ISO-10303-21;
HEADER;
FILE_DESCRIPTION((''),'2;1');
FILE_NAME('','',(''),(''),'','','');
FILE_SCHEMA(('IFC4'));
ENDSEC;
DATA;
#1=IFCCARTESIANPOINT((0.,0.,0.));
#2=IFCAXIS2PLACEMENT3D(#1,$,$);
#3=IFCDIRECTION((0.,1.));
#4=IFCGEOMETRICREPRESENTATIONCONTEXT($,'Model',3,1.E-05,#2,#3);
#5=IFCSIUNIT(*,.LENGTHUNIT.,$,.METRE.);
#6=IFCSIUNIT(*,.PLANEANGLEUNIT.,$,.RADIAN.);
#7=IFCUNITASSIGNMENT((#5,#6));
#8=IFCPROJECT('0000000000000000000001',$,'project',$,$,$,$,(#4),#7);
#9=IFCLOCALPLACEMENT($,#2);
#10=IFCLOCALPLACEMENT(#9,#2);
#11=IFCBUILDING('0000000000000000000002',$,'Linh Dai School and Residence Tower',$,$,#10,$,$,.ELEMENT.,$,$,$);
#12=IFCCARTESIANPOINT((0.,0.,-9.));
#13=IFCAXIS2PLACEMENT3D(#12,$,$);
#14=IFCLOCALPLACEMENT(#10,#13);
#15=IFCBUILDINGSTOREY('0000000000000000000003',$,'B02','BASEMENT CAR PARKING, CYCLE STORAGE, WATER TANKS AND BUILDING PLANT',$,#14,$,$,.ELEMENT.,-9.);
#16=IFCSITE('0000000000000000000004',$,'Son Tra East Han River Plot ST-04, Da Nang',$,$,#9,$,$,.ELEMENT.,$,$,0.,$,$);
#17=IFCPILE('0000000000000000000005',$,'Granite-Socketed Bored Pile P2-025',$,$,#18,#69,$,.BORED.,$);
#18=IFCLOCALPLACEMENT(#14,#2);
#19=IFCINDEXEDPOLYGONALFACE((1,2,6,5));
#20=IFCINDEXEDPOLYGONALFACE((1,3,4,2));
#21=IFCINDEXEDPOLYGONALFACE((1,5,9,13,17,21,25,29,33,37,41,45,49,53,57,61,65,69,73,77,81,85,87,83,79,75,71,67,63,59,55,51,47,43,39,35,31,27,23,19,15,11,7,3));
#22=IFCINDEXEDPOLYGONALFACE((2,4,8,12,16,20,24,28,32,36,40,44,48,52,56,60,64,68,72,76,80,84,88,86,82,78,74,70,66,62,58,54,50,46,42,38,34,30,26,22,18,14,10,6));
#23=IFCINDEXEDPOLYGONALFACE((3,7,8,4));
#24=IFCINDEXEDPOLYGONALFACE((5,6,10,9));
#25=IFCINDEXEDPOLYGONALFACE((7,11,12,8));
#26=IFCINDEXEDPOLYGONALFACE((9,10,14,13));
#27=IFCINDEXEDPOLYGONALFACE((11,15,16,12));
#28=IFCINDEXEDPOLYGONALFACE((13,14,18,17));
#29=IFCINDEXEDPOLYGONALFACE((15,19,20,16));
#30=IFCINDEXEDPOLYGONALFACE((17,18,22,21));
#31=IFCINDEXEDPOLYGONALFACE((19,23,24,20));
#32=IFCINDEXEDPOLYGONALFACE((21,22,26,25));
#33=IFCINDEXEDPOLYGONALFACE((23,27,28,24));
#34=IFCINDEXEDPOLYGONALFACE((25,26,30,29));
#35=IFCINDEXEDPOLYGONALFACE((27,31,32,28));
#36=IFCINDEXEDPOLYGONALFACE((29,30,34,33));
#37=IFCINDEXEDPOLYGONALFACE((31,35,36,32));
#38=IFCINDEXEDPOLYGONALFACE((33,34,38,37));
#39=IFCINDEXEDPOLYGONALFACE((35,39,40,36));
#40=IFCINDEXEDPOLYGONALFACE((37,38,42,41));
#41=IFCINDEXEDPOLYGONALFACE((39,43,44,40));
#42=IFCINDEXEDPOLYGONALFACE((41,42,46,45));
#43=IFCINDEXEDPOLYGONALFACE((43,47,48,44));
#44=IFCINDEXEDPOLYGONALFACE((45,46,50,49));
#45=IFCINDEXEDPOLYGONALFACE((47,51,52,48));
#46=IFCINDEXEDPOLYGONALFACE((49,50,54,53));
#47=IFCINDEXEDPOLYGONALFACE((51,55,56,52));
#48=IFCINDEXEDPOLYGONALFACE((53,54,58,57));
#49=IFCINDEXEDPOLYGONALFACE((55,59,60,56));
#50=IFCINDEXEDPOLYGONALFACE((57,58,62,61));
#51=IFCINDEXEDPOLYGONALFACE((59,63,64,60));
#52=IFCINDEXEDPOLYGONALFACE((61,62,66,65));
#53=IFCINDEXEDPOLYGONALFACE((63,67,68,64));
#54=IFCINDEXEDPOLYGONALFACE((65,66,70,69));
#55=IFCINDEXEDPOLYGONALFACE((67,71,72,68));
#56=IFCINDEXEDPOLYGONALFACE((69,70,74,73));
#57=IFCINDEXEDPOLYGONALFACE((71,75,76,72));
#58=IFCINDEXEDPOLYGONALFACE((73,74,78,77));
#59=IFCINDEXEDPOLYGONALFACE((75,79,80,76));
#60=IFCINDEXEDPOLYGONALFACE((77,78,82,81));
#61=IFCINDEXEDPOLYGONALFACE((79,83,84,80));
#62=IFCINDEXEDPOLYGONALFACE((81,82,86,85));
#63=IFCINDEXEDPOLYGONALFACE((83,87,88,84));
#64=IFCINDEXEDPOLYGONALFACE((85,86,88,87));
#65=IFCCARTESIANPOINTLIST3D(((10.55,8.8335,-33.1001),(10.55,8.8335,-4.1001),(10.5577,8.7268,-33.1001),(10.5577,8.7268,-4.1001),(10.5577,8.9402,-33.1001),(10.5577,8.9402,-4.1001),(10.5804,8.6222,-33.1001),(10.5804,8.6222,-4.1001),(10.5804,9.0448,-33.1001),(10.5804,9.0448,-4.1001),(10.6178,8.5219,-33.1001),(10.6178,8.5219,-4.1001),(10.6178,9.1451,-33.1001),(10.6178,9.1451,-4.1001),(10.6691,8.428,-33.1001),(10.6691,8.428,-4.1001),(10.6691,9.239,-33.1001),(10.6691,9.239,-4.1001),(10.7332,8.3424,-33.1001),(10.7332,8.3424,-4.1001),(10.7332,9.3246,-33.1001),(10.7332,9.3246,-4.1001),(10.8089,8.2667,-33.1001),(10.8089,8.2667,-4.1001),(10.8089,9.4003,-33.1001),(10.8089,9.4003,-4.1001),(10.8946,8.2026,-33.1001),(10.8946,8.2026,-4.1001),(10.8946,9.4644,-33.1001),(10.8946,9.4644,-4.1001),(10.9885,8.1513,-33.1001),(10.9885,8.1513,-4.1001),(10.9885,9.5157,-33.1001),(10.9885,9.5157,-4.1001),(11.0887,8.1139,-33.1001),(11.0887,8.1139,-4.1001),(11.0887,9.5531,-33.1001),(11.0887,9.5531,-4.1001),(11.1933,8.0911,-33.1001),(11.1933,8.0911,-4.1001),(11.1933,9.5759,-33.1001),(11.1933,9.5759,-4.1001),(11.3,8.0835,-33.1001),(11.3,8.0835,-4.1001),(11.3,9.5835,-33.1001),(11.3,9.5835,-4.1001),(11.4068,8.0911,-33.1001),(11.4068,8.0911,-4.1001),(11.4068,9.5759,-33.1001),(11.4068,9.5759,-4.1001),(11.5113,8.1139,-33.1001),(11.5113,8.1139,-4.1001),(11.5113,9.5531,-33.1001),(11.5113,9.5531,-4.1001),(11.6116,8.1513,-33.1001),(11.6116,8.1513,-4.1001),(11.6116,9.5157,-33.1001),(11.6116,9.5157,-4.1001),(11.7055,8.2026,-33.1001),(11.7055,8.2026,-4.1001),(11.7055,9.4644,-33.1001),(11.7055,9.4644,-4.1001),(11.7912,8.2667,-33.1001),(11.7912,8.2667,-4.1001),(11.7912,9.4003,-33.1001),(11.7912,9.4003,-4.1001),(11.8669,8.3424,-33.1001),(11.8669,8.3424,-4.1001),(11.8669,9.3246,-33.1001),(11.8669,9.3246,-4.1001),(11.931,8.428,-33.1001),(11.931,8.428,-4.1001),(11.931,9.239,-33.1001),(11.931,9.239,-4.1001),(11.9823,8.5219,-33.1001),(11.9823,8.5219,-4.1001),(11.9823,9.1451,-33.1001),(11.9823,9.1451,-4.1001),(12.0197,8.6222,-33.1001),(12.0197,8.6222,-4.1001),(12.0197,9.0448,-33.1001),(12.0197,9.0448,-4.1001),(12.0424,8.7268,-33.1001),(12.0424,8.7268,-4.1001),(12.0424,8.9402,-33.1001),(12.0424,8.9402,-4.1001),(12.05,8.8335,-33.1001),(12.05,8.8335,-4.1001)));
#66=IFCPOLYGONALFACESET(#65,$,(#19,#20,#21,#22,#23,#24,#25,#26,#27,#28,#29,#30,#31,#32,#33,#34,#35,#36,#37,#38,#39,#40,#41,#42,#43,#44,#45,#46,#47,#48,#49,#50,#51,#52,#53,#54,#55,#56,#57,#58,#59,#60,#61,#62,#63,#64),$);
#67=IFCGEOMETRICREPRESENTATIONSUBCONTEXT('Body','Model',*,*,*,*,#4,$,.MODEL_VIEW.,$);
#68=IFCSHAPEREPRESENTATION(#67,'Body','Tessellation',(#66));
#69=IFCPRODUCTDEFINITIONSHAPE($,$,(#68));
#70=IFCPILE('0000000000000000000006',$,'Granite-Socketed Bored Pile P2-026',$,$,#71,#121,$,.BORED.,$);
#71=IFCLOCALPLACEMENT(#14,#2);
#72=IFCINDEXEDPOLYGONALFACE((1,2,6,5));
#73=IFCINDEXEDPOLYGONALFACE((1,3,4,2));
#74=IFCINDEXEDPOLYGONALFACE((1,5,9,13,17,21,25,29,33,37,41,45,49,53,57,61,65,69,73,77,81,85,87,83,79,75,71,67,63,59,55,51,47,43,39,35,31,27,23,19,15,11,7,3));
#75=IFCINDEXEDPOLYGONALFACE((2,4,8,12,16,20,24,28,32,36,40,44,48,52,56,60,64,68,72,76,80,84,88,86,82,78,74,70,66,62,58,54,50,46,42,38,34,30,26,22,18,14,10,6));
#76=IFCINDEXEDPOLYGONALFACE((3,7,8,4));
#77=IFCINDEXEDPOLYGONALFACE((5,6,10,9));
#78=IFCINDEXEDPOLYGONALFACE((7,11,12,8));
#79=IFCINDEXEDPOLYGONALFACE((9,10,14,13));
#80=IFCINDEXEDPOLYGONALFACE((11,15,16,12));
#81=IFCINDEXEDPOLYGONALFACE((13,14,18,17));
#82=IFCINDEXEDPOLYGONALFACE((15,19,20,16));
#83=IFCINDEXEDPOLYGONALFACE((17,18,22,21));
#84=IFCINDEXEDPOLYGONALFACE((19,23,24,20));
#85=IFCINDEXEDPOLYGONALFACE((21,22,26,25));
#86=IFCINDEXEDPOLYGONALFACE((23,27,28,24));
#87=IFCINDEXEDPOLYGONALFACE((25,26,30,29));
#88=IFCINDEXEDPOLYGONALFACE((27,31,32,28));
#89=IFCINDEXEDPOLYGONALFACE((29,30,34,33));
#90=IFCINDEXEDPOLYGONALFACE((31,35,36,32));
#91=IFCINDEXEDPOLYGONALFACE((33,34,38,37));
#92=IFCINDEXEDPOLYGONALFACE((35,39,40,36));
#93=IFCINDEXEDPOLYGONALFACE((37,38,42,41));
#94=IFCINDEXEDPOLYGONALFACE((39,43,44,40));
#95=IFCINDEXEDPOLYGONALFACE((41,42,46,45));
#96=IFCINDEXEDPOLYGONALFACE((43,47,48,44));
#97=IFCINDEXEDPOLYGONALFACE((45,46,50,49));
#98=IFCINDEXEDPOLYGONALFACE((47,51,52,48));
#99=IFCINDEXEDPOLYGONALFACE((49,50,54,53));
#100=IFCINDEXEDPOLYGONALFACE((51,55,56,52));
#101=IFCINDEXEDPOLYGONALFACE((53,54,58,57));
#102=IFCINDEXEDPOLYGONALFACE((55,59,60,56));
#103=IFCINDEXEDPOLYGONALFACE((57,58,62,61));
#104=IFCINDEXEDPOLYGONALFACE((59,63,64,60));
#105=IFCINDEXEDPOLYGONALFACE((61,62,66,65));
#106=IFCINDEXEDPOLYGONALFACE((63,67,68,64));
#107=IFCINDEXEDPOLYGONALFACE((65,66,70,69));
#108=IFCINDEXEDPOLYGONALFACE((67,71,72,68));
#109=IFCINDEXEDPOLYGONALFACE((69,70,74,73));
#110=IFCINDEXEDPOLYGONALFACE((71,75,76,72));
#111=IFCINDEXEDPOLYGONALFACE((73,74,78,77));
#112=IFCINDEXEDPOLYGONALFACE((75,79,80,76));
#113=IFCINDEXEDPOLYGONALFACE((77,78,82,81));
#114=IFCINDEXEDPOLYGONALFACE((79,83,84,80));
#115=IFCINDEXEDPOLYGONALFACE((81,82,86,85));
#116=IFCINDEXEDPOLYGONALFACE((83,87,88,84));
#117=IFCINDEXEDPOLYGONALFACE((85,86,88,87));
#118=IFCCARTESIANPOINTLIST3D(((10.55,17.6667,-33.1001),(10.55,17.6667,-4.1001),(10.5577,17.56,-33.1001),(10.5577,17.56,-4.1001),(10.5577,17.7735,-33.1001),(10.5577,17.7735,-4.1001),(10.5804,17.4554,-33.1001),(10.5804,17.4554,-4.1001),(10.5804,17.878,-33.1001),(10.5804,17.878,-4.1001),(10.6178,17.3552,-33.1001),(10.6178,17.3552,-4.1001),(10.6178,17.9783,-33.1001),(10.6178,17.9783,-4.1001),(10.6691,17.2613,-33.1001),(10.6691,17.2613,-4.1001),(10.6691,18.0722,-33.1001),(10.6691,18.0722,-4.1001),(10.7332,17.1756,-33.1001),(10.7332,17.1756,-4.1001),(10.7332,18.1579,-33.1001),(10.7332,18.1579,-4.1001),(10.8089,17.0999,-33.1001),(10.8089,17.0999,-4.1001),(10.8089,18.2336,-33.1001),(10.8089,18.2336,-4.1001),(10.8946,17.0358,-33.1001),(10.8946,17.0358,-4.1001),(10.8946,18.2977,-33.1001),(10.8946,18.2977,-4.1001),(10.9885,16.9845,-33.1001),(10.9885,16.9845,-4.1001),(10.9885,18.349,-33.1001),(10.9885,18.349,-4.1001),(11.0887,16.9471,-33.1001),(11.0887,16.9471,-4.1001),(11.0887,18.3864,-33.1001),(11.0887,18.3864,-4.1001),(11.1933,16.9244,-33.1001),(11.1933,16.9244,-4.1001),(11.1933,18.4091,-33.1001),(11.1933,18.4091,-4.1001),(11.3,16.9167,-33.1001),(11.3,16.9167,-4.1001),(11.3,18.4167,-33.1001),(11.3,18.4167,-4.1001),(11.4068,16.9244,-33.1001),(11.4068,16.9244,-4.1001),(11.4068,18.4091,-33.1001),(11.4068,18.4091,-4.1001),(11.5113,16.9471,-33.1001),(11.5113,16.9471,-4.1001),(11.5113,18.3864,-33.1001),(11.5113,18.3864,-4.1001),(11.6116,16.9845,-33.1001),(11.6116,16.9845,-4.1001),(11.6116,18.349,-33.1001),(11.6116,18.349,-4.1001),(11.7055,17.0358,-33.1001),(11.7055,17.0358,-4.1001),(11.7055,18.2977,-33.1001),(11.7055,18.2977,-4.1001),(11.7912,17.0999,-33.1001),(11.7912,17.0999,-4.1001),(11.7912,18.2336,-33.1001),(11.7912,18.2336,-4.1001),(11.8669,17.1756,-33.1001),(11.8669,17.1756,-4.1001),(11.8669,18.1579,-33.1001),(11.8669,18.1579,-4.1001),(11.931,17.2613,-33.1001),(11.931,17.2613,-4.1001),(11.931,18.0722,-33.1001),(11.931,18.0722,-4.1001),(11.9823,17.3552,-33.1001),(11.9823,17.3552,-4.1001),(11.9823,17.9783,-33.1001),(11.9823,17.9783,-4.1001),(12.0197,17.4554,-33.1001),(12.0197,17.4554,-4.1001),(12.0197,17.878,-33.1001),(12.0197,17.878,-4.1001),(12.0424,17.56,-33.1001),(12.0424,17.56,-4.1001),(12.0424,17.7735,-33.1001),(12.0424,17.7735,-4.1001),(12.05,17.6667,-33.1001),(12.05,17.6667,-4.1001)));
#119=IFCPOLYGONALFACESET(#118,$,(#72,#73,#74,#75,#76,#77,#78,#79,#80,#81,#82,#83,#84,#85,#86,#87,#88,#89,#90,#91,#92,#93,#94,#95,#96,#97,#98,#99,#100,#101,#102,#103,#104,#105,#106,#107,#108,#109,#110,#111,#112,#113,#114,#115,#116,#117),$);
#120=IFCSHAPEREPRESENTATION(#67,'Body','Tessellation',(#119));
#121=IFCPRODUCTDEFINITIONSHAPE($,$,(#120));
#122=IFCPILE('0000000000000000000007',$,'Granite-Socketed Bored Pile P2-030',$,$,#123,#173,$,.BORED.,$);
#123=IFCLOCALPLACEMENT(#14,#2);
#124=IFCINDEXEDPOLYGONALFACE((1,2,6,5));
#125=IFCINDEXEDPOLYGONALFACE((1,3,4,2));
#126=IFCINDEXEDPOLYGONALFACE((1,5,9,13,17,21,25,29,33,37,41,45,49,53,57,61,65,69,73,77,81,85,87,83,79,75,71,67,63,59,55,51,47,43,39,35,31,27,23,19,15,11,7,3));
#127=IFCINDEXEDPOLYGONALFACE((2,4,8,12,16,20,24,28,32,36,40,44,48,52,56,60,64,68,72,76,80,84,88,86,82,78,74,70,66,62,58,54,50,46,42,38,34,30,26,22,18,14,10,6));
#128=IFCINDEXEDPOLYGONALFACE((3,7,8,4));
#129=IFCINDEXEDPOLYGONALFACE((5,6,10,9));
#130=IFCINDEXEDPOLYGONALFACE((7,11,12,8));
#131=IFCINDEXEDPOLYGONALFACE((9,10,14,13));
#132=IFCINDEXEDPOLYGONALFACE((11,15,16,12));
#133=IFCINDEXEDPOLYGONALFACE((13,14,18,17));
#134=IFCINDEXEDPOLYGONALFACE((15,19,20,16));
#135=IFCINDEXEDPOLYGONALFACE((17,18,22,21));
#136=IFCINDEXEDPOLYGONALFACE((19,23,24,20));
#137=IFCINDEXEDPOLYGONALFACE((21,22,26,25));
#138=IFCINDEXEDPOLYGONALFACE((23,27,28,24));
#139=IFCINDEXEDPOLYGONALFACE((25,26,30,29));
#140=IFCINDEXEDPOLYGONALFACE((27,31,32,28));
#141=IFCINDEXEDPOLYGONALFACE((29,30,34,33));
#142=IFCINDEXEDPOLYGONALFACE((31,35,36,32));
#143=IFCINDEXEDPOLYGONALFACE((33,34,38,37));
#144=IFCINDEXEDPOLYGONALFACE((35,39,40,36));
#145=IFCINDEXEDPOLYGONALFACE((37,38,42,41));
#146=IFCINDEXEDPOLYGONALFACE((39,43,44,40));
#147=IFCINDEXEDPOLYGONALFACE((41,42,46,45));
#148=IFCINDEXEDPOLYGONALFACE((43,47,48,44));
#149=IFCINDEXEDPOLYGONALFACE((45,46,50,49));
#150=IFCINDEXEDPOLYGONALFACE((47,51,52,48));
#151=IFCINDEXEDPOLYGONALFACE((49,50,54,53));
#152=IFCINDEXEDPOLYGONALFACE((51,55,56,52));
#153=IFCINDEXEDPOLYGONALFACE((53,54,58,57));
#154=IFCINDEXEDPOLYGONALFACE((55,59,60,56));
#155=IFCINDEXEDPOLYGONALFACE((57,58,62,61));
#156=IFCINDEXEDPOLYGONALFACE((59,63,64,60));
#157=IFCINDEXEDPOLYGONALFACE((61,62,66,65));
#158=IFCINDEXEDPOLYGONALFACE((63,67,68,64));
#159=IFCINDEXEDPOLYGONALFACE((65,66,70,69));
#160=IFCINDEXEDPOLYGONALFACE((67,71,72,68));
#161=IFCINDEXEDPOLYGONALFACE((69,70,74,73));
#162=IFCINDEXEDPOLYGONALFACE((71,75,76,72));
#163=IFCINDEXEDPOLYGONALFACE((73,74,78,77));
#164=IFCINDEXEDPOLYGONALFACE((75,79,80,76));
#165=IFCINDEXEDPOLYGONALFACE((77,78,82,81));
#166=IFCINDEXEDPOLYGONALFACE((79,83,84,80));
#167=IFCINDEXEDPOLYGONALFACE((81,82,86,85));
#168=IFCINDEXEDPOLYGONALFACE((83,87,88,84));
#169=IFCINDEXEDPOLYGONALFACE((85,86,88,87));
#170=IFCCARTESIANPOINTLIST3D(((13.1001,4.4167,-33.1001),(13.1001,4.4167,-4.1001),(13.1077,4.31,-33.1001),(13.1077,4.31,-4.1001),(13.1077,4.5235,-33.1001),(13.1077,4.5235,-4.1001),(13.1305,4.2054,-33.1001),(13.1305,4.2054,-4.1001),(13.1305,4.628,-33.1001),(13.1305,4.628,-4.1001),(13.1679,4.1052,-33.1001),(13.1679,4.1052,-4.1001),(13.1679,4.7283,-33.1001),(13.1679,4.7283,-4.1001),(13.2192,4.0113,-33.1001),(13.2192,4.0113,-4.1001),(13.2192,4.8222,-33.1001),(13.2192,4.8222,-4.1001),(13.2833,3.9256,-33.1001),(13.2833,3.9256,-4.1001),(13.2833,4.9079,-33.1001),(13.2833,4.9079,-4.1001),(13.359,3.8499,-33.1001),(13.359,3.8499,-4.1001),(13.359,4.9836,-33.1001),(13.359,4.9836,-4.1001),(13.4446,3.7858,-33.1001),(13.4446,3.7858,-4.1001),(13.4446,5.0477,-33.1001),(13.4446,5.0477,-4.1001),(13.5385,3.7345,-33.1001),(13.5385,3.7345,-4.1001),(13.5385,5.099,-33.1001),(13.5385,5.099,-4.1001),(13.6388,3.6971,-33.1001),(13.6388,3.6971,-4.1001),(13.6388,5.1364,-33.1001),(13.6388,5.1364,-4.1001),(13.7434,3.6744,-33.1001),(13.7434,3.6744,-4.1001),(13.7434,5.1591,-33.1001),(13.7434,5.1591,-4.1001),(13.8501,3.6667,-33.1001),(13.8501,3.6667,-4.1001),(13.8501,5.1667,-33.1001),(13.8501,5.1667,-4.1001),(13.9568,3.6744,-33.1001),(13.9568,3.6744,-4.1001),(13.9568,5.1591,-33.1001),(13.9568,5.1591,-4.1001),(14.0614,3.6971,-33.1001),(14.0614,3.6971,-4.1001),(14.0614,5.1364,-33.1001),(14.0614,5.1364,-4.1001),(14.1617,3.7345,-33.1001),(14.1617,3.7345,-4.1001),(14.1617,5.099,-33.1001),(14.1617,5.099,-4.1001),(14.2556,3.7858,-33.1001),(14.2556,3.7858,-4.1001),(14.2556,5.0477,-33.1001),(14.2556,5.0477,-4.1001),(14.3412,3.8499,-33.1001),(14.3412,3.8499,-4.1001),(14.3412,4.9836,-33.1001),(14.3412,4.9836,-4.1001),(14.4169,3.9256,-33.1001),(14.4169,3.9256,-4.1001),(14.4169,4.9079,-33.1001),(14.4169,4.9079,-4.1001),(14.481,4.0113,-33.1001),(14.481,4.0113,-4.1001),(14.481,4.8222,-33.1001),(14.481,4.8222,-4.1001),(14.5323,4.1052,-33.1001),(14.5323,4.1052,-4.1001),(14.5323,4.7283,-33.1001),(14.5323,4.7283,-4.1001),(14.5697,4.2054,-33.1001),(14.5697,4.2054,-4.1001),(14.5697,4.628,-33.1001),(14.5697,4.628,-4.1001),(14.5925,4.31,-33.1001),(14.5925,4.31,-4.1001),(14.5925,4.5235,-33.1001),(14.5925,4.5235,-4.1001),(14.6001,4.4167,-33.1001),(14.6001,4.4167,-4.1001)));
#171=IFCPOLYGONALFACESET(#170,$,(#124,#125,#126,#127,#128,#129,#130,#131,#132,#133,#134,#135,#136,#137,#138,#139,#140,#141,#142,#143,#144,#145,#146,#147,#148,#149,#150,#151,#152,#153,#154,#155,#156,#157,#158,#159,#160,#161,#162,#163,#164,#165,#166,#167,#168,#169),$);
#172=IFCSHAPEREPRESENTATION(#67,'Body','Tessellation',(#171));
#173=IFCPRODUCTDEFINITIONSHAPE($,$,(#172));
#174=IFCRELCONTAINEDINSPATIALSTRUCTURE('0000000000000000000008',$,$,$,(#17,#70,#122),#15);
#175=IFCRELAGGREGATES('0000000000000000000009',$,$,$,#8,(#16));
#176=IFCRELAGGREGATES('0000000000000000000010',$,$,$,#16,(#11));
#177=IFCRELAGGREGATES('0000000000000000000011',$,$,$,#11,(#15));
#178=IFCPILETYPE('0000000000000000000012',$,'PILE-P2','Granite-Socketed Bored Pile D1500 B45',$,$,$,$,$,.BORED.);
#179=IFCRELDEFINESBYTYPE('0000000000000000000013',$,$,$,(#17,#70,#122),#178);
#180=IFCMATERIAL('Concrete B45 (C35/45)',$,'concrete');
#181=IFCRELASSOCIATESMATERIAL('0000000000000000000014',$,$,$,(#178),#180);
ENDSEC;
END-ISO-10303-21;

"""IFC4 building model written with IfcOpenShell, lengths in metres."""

from ifc_helpers import new_model, si_unit, direction, frame, origin, origin_2d, place, context, subcontext, project, spatial, circle, extrude, material, material_profile, profile_set, type_object, element, save


model = new_model("IFC4")

# Units and contexts
model_context = context("Model", 3, precision=1e-05, world=origin(), true_north=direction((0.0, 1.0)))
body_context = subcontext(model_context, "Body", "Model", "MODEL_VIEW")
ifc_project = project(units=[si_unit("LENGTHUNIT", "METRE"), si_unit("PLANEANGLEUNIT", "RADIAN")], contexts=[model_context])

# Site, building, storey
site_placement = place(None, origin())
site = spatial("IfcSite", under=ifc_project, at=site_placement, Name="Son Tra East Han River Plot ST-04, Da Nang", CompositionType="ELEMENT", RefElevation=0.0)
building_placement = place(site_placement, origin())
building = spatial("IfcBuilding", under=site, at=building_placement, Name="Linh Dai School and Residence Tower", CompositionType="ELEMENT")
storey_placement = place(building_placement, frame((0.0, 0.0, -9.0)))
storey = spatial("IfcBuildingStorey", under=building, at=storey_placement, Name="B02", Description="BASEMENT CAR PARKING, CYCLE STORAGE, WATER TANKS AND BUILDING PLANT", CompositionType="ELEMENT", Elevation=-9.0)

# Piles
ifc_material_1 = material(Name="Concrete B45 (C35/45)", Category="concrete")
ifc_material_profile_1 = material_profile(ifc_material_1, circle(Radius=0.75, at=origin_2d()), Name="PILE D1500")
ifc_profile_set_1 = profile_set([ifc_material_profile_1], Name="Concrete B45 (C35/45)")
pile_type_1 = type_object("IfcPileType", Name="PILE-P2", Description="Granite-Socketed Bored Pile D1500 B45", PredefinedType="BORED", material=ifc_profile_set_1)
for number, where, z_axis, x_axis, name in (
    (1, (11.3, 8.8335, -4.1001), (0.0, 0.0, -1.0), (1.0, 0.0, 0.0), "Granite-Socketed Bored Pile P2-025"),
    (2, (11.3, 17.6667, -4.1001), (0.0, 0.0, -1.0), (1.0, 0.0, 0.0), "Granite-Socketed Bored Pile P2-026"),
    (3, (13.8501, 4.4167, -4.1001), (0.0, 0.0, -1.0), (1.0, 0.0, 0.0), "Granite-Socketed Bored Pile P2-030"),
):
    element("IfcPile", number, at=place(storey_placement, frame(where, z_axis=z_axis, x_axis=x_axis)), inside=storey, type_object=pile_type_1, Name=name, PredefinedType="BORED", context=body_context, shape_type="SweptSolid", body=[
        extrude(circle(Radius=0.75, at=origin_2d()), origin(), (0.0, 0.0, 1.0), 29.0),
    ])

save(model, "model.ifc")
